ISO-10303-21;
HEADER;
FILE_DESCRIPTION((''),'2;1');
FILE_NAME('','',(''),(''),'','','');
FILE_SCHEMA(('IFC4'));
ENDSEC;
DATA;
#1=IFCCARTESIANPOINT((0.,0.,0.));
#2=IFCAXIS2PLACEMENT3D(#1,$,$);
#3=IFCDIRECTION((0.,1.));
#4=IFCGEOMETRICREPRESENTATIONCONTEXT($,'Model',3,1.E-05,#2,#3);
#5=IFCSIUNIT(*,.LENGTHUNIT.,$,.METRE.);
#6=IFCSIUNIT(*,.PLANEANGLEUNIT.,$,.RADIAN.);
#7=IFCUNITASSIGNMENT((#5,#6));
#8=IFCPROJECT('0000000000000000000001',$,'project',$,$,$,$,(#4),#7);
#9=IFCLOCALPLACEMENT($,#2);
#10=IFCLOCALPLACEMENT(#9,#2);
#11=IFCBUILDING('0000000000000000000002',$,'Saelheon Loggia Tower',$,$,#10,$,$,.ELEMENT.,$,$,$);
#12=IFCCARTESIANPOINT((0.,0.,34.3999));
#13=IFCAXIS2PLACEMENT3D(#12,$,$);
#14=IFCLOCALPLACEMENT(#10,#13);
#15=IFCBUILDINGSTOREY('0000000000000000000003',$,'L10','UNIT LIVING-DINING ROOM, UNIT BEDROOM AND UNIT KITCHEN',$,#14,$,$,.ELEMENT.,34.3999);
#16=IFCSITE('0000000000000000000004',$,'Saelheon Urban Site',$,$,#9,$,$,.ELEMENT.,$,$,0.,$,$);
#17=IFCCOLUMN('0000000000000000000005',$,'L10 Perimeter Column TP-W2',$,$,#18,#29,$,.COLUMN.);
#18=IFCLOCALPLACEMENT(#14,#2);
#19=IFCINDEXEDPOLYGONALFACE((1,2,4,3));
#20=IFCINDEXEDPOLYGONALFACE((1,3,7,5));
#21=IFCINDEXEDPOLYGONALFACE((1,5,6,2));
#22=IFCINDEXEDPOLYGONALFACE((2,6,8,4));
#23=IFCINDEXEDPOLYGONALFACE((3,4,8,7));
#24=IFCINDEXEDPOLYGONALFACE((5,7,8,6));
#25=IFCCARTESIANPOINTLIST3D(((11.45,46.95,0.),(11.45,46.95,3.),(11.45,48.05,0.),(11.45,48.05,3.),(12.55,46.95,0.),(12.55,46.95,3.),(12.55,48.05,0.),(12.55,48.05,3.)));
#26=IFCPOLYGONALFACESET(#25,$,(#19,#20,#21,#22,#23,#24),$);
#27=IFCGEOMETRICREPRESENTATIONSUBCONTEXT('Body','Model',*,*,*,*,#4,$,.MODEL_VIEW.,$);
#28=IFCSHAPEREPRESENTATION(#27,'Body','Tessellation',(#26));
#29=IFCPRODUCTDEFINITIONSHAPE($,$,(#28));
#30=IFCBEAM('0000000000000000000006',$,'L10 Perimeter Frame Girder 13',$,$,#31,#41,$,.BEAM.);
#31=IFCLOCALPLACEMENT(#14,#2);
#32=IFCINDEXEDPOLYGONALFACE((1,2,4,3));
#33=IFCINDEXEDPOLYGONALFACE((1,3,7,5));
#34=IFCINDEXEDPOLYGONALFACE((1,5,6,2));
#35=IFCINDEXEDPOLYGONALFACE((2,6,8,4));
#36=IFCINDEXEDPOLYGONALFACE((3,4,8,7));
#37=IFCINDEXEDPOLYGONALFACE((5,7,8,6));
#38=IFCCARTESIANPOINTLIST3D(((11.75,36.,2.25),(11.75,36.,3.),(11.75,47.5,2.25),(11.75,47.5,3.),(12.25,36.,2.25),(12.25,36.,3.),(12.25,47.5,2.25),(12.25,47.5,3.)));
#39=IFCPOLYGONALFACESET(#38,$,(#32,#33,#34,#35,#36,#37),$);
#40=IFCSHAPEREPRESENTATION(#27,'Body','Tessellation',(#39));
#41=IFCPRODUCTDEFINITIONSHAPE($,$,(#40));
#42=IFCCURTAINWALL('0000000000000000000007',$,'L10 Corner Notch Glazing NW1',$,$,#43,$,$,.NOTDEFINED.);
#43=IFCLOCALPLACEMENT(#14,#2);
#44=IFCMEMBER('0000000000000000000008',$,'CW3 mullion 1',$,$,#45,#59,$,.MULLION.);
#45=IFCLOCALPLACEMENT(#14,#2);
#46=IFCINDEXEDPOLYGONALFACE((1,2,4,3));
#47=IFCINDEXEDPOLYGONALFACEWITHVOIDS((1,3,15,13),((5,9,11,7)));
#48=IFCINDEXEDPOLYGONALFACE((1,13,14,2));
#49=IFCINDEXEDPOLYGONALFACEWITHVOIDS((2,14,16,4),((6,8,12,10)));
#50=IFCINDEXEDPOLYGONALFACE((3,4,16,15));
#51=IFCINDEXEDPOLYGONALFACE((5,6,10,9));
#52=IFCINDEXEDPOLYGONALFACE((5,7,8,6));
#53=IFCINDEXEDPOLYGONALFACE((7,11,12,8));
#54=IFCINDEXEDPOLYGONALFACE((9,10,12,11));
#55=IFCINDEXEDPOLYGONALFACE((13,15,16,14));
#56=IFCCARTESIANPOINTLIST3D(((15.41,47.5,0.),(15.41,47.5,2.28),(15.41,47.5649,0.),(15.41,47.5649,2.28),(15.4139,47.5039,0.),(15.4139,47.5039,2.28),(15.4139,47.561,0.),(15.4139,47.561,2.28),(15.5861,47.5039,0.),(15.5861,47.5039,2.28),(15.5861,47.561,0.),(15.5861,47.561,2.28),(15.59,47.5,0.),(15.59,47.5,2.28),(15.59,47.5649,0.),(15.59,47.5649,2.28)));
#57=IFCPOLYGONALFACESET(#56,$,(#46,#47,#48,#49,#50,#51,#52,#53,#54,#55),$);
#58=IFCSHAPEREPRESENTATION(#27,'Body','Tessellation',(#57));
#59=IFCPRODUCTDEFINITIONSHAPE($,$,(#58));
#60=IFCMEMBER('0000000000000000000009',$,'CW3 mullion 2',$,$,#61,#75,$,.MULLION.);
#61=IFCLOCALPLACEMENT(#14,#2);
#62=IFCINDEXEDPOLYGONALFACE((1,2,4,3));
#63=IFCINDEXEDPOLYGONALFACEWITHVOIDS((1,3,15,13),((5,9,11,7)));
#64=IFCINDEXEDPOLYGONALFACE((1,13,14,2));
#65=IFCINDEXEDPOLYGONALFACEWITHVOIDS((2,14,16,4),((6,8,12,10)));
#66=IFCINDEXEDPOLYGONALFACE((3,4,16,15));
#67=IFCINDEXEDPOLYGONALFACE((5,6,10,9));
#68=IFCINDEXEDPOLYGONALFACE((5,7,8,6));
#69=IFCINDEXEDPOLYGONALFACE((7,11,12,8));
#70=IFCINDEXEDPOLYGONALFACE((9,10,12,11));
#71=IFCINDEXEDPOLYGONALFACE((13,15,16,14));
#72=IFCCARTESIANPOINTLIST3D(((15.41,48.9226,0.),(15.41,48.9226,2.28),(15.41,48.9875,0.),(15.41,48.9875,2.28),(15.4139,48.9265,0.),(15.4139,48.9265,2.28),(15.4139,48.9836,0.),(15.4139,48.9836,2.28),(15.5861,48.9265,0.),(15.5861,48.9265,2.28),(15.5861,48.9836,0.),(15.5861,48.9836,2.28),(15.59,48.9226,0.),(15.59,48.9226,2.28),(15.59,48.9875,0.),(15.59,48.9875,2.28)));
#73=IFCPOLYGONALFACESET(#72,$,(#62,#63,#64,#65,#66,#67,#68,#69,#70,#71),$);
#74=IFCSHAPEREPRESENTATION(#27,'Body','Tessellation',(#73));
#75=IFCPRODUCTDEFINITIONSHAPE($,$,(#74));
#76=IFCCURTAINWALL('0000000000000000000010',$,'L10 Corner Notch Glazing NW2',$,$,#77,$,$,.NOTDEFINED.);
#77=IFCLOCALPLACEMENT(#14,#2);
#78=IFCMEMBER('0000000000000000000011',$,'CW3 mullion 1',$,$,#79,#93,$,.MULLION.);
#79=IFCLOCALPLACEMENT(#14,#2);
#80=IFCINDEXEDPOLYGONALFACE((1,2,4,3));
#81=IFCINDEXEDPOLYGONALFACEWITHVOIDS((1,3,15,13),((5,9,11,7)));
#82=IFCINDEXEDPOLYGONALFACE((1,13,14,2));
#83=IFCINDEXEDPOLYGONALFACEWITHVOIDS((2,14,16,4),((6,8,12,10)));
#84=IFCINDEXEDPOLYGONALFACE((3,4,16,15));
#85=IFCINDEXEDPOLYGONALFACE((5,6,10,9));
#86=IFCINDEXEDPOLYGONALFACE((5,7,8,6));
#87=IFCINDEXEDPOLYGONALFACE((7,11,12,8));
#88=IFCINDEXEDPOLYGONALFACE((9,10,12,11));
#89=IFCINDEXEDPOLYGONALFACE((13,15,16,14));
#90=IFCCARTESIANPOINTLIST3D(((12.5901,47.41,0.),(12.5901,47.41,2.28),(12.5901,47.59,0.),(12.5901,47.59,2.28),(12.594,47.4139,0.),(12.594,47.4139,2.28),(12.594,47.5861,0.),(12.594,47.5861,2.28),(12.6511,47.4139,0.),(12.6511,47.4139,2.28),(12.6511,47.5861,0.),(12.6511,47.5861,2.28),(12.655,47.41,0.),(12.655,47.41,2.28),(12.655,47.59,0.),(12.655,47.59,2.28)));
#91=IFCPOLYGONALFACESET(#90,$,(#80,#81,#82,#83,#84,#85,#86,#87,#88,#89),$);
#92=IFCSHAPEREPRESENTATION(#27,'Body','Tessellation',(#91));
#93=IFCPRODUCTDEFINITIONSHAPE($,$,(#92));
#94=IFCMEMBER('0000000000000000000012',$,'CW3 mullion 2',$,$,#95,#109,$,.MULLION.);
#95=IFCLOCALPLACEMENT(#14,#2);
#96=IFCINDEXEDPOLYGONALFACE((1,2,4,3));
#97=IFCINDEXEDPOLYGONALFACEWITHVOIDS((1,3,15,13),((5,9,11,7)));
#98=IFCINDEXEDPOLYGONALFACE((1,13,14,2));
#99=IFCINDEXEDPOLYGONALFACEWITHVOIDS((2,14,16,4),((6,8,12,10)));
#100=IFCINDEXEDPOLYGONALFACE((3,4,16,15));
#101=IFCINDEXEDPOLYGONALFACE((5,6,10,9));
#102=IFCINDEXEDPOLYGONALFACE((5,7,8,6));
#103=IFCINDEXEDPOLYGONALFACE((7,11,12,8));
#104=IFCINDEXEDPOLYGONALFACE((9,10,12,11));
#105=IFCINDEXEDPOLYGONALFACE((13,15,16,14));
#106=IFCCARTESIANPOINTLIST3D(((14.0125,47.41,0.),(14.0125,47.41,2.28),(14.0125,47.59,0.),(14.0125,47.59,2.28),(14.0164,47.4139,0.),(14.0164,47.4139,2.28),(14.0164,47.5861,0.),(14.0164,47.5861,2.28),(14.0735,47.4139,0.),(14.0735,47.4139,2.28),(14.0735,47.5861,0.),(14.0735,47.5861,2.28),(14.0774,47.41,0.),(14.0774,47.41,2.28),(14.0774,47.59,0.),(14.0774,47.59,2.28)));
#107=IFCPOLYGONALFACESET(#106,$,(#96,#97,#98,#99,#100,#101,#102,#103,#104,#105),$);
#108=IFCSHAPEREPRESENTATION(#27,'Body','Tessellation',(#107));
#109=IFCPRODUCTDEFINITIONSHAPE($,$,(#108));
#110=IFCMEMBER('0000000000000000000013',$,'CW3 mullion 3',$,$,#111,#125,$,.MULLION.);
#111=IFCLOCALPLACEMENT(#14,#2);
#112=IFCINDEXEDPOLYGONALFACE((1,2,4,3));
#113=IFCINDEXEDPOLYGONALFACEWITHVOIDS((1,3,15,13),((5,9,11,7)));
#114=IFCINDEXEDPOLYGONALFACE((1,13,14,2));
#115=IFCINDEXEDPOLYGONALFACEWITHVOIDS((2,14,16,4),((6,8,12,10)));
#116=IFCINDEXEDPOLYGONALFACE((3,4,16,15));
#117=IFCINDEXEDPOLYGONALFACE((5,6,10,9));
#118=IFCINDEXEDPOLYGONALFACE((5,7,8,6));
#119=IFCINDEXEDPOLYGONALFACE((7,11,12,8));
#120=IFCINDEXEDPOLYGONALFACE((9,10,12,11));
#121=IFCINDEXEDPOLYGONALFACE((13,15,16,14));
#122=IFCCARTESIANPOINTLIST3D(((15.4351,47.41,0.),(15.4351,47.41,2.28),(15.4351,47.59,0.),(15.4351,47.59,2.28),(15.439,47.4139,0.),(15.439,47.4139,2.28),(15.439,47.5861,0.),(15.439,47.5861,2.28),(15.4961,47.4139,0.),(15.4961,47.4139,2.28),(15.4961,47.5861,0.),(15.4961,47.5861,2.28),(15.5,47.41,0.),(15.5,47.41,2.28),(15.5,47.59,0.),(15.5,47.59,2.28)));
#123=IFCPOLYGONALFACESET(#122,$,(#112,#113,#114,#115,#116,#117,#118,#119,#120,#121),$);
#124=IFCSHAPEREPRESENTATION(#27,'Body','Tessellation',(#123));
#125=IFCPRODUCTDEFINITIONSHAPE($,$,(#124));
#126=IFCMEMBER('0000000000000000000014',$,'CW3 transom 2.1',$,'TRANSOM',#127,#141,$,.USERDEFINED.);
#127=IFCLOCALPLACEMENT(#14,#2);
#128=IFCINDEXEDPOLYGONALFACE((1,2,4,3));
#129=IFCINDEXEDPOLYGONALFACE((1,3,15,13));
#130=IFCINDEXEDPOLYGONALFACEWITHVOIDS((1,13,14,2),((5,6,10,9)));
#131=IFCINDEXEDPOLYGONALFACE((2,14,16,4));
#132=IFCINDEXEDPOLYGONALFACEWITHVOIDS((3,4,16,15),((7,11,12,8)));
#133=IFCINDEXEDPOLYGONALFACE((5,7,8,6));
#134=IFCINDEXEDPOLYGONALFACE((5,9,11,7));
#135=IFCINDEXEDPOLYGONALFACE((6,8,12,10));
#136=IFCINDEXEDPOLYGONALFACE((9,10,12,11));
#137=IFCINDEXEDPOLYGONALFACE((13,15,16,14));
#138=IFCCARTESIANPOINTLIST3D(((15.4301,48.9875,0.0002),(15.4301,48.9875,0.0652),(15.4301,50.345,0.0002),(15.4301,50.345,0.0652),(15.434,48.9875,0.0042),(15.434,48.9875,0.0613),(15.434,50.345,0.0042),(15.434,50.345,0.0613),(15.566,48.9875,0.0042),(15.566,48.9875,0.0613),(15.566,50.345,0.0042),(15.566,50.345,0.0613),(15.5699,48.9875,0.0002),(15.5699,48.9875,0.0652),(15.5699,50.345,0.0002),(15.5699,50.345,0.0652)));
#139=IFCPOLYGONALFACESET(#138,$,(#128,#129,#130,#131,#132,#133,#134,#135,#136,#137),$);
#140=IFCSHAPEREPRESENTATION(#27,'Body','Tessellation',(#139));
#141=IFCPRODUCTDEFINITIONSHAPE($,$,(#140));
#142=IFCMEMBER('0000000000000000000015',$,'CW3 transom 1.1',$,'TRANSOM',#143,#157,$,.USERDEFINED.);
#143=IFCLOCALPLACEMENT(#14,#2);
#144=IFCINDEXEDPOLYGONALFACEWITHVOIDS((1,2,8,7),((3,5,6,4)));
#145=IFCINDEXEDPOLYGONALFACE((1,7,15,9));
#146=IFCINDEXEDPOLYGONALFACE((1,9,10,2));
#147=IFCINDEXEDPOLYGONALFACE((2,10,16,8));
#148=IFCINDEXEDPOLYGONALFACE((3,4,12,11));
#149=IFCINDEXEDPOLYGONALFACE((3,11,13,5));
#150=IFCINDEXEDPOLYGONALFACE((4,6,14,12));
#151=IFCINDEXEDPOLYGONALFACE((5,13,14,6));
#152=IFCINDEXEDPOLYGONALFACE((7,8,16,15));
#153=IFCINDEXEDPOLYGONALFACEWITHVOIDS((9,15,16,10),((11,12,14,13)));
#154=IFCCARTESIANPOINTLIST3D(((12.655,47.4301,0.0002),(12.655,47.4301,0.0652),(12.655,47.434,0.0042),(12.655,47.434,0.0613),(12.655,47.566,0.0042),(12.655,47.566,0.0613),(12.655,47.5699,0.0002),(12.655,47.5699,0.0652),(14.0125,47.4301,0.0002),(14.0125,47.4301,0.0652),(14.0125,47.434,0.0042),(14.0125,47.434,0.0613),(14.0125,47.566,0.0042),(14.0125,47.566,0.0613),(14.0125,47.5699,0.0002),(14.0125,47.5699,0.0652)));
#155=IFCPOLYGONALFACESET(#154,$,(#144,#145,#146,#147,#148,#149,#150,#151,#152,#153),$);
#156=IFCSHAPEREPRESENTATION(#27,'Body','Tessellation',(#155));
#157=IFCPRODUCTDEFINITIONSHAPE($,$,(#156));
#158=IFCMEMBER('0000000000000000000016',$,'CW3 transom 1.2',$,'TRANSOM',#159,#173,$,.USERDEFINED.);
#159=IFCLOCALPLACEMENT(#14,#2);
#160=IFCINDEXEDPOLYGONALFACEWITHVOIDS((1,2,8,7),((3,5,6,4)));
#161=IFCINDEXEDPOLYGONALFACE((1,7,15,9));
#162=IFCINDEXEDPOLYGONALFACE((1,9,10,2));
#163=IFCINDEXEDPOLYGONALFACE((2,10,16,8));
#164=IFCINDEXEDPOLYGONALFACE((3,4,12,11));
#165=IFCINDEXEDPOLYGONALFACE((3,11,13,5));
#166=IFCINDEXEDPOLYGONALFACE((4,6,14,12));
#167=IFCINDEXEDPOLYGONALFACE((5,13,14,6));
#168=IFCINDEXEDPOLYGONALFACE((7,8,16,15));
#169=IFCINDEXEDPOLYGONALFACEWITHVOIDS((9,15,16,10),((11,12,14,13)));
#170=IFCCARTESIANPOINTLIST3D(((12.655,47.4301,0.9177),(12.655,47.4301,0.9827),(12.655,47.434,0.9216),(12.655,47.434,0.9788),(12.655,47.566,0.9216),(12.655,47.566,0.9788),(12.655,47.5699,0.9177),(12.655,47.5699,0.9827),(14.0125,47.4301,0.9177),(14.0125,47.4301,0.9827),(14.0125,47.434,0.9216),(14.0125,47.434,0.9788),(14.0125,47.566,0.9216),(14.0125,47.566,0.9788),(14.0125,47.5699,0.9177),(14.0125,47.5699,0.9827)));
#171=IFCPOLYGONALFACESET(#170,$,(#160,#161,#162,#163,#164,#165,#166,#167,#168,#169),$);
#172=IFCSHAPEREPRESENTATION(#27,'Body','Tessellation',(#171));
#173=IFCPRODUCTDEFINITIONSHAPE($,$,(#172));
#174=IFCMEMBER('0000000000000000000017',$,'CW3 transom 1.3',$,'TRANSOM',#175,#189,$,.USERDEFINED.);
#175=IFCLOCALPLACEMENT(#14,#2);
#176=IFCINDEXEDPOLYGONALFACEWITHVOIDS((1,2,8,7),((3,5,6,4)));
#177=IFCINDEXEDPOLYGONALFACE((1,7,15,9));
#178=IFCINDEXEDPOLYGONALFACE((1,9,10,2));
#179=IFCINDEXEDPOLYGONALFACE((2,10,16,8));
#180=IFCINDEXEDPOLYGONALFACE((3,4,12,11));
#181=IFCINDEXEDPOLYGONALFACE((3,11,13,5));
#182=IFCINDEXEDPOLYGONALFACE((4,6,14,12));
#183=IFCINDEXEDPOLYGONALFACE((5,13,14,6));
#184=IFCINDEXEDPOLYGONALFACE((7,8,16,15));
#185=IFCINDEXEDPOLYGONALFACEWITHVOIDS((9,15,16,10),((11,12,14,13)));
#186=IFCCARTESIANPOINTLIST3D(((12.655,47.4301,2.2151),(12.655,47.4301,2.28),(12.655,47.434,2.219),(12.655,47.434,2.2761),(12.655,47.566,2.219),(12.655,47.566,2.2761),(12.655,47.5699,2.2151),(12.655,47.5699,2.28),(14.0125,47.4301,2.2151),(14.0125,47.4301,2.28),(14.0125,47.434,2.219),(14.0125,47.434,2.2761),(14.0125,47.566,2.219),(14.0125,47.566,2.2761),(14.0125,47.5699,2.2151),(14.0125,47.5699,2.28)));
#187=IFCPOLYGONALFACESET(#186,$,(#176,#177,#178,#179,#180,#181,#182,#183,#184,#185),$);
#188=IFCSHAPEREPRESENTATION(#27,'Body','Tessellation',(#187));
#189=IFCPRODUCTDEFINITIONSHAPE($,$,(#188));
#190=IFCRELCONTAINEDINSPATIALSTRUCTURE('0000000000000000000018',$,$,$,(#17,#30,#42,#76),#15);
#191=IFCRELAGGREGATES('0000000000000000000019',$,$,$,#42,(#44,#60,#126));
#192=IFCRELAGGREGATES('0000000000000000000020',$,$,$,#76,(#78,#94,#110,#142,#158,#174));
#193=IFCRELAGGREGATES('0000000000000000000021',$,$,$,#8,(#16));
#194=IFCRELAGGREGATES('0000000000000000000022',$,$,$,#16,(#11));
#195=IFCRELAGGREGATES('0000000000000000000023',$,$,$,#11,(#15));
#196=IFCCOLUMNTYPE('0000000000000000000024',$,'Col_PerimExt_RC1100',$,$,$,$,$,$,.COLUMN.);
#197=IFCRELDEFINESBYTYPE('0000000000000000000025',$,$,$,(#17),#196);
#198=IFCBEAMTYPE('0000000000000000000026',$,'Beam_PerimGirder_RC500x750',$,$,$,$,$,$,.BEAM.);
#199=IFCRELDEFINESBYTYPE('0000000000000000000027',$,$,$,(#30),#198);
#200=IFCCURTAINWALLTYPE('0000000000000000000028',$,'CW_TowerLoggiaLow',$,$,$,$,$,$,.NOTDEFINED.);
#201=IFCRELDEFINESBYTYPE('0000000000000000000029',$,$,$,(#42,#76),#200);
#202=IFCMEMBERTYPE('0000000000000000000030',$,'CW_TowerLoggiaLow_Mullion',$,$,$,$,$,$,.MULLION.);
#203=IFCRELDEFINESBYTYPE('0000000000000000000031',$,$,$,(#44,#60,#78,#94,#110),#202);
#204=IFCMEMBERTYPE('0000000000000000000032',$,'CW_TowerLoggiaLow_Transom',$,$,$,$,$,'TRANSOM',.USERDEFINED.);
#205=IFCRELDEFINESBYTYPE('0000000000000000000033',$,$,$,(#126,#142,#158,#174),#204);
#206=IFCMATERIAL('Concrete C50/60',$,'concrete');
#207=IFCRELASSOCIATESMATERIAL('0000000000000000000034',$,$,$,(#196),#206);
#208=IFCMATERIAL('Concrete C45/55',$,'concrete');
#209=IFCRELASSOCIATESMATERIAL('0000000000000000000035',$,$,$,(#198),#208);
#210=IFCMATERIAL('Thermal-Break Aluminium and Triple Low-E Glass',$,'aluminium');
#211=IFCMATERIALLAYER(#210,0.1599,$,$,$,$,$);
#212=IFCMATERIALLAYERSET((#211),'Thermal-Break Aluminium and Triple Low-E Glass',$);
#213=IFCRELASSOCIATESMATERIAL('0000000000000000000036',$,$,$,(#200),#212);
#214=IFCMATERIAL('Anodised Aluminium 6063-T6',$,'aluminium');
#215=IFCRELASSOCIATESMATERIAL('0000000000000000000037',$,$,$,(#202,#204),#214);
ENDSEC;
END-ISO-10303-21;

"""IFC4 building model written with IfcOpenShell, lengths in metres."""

from ifc_helpers import new_model, si_unit, direction, frame, origin, origin_2d, place, context, subcontext, project, spatial, rectangle, hollow_rectangle, extrude, source, transform, mapped, material, layer, layer_set, material_profile, profile_set, type_object, element, aggregate, save


model = new_model("IFC4")

# Units and contexts
model_context = context("Model", 3, precision=1e-05, world=origin(), true_north=direction((0.0, 1.0)))
body_context = subcontext(model_context, "Body", "Model", "MODEL_VIEW")
ifc_project = project(units=[si_unit("LENGTHUNIT", "METRE"), si_unit("PLANEANGLEUNIT", "RADIAN")], contexts=[model_context])

# Site, building, storey
site_placement = place(None, origin())
site = spatial("IfcSite", under=ifc_project, at=site_placement, Name="Saelheon Urban Site", CompositionType="ELEMENT", RefElevation=0.0)
building_placement = place(site_placement, origin())
building = spatial("IfcBuilding", under=site, at=building_placement, Name="Saelheon Loggia Tower", CompositionType="ELEMENT")
storey_placement = place(building_placement, frame((0.0, 0.0, 34.3999)))
storey = spatial("IfcBuildingStorey", under=building, at=storey_placement, Name="L10", Description="UNIT LIVING-DINING ROOM, UNIT BEDROOM AND UNIT KITCHEN", CompositionType="ELEMENT", Elevation=34.3999)

# Column
ifc_material_1 = material(Name="Concrete C50/60", Category="concrete")
ifc_material_profile_1 = material_profile(ifc_material_1, rectangle(XDim=1.1001, YDim=1.1001, at=origin_2d()), Name="RC-1100x1100")
ifc_profile_set_1 = profile_set([ifc_material_profile_1], Name="Concrete C50/60")
column_type = type_object("IfcColumnType", Name="Col_PerimExt_RC1100", PredefinedType="COLUMN", material=ifc_profile_set_1)
shared_shape_1 = source(origin(), body_context, "Body", "SweptSolid", [
    extrude(rectangle(XDim=1.1001, YDim=1.1001, at=origin_2d()), origin(), (0.0, 0.0, 1.0), 3.0),
])
column_placement = place(storey_placement, frame((12.0, 47.5, 0.0), z_axis=(0.0, 0.0, 1.0), x_axis=(1.0, 0.0, 0.0)))
element("IfcColumn", 1, at=column_placement, inside=storey, type_object=column_type, Name="L10 Perimeter Column TP-W2", PredefinedType="COLUMN", context=body_context, shape_type="MappedRepresentation", body=[
    mapped(shared_shape_1, transform((0.0, 0.0, 0.0), scale=1.0)),
])

# Beam
ifc_material_2 = material(Name="Concrete C45/55", Category="concrete")
ifc_material_profile_2 = material_profile(ifc_material_2, rectangle(XDim=0.5, YDim=0.75, at=origin_2d()), Name="RC-500x750")
ifc_profile_set_2 = profile_set([ifc_material_profile_2], Name="Concrete C45/55")
beam_type = type_object("IfcBeamType", Name="Beam_PerimGirder_RC500x750", PredefinedType="BEAM", material=ifc_profile_set_2)
shared_shape_2 = source(origin(), body_context, "Body", "SweptSolid", [
    extrude(rectangle(XDim=0.5, YDim=0.75, at=origin_2d()), origin(), (0.0, 0.0, 1.0), 11.5),
])
beam_placement = place(storey_placement, frame((12.0, 47.5, 2.625), z_axis=(0.0, -1.0, 0.0), x_axis=(1.0, 0.0, 0.0)))
element("IfcBeam", 2, at=beam_placement, inside=storey, type_object=beam_type, Name="L10 Perimeter Frame Girder 13", PredefinedType="BEAM", context=body_context, shape_type="MappedRepresentation", body=[
    mapped(shared_shape_2, transform((0.0, 0.0, 0.0), scale=1.0)),
])

# Curtain walls, members
ifc_material_3 = material(Name="Thermal-Break Aluminium and Triple Low-E Glass", Category="aluminium")
ifc_layer_1 = layer(ifc_material_3, 0.1599)
ifc_layer_set_1 = layer_set([ifc_layer_1], Name="Thermal-Break Aluminium and Triple Low-E Glass")
curtain_wall_type = type_object("IfcCurtainWallType", Name="CW_TowerLoggiaLow", PredefinedType="NOTDEFINED", material=ifc_layer_set_1)
curtain_wall_1_placement = place(storey_placement, origin())
curtain_wall_1 = element("IfcCurtainWall", 3, at=curtain_wall_1_placement, inside=storey, type_object=curtain_wall_type, Name="L10 Corner Notch Glazing NW1", PredefinedType="NOTDEFINED")
ifc_material_4 = material(Name="Anodised Aluminium 6063-T6", Category="aluminium")
ifc_material_profile_3 = material_profile(ifc_material_4, hollow_rectangle(XDim=0.0649, YDim=0.1799, WallThickness=0.0039, at=origin_2d()), Name="RHS-180x65x4")
ifc_profile_set_3 = profile_set([ifc_material_profile_3], Name="Anodised Aluminium 6063-T6")
member_type_1 = type_object("IfcMemberType", Name="CW_TowerLoggiaLow_Mullion", PredefinedType="MULLION", material=ifc_profile_set_3)
shared_shape_3 = source(origin(), body_context, "Body", "SweptSolid", [
    extrude(hollow_rectangle(XDim=0.0649, YDim=0.1799, WallThickness=0.0039, at=origin_2d()), origin(), (0.0, 0.0, 1.0), 2.28),
])
member_1_placement = place(storey_placement, frame((15.5, 47.5325, 0.0), z_axis=(0.0, 0.0, 1.0), x_axis=(0.0, 1.0, 0.0)))
member_1 = element("IfcMember", 4, at=member_1_placement, type_object=member_type_1, Name="CW3 mullion 1", PredefinedType="MULLION", context=body_context, shape_type="MappedRepresentation", body=[
    mapped(shared_shape_3, transform((0.0, 0.0, 0.0), scale=1.0)),
])
member_2_placement = place(storey_placement, frame((15.5, 48.9551, 0.0), z_axis=(0.0, 0.0, 1.0), x_axis=(0.0, 1.0, 0.0)))
member_2 = element("IfcMember", 5, at=member_2_placement, type_object=member_type_1, Name="CW3 mullion 2", PredefinedType="MULLION", context=body_context, shape_type="MappedRepresentation", body=[
    mapped(shared_shape_3, transform((0.0, 0.0, 0.0), scale=1.0)),
])
curtain_wall_2_placement = place(storey_placement, origin())
curtain_wall_2 = element("IfcCurtainWall", 6, at=curtain_wall_2_placement, inside=storey, type_object=curtain_wall_type, Name="L10 Corner Notch Glazing NW2", PredefinedType="NOTDEFINED")
member_3_placement = place(storey_placement, frame((12.6226, 47.5, 0.0), z_axis=(0.0, 0.0, 1.0), x_axis=(1.0, 0.0, 0.0)))
member_3 = element("IfcMember", 7, at=member_3_placement, type_object=member_type_1, Name="CW3 mullion 1", PredefinedType="MULLION", context=body_context, shape_type="MappedRepresentation", body=[
    mapped(shared_shape_3, transform((0.0, 0.0, 0.0), scale=1.0)),
])
member_4_placement = place(storey_placement, frame((14.0449, 47.5, 0.0), z_axis=(0.0, 0.0, 1.0), x_axis=(1.0, 0.0, 0.0)))
member_4 = element("IfcMember", 8, at=member_4_placement, type_object=member_type_1, Name="CW3 mullion 2", PredefinedType="MULLION", context=body_context, shape_type="MappedRepresentation", body=[
    mapped(shared_shape_3, transform((0.0, 0.0, 0.0), scale=1.0)),
])
member_5_placement = place(storey_placement, frame((15.4675, 47.5, 0.0), z_axis=(0.0, 0.0, 1.0), x_axis=(1.0, 0.0, 0.0)))
member_5 = element("IfcMember", 9, at=member_5_placement, type_object=member_type_1, Name="CW3 mullion 3", PredefinedType="MULLION", context=body_context, shape_type="MappedRepresentation", body=[
    mapped(shared_shape_3, transform((0.0, 0.0, 0.0), scale=1.0)),
])

# Members
ifc_material_profile_4 = material_profile(ifc_material_4, hollow_rectangle(XDim=0.0649, YDim=0.1399, WallThickness=0.0039, at=origin_2d()), Name="RHS-140x65x4")
ifc_profile_set_4 = profile_set([ifc_material_profile_4], Name="Anodised Aluminium 6063-T6")
member_type_2 = type_object("IfcMemberType", Name="CW_TowerLoggiaLow_Transom", ElementType="TRANSOM", PredefinedType="USERDEFINED", material=ifc_profile_set_4)
shared_shape_4 = source(origin(), body_context, "Body", "SweptSolid", [
    extrude(hollow_rectangle(XDim=0.0649, YDim=0.1399, WallThickness=0.0039, at=origin_2d()), origin(), (0.0, 0.0, 1.0), 1.3574),
])
member_6_placement = place(storey_placement, frame((15.5, 48.9875, 0.0327), z_axis=(0.0, 1.0, 0.0), x_axis=(0.0, 0.0, 1.0)))
member_6 = element("IfcMember", 10, at=member_6_placement, type_object=member_type_2, Name="CW3 transom 2.1", ObjectType="TRANSOM", PredefinedType="USERDEFINED", context=body_context, shape_type="MappedRepresentation", body=[
    mapped(shared_shape_4, transform((0.0, 0.0, 0.0), scale=1.0)),
])
member_7_placement = place(storey_placement, frame((12.655, 47.5, 0.0327), z_axis=(1.0, 0.0, 0.0), x_axis=(0.0, 0.0, 1.0)))
member_7 = element("IfcMember", 11, at=member_7_placement, type_object=member_type_2, Name="CW3 transom 1.1", ObjectType="TRANSOM", PredefinedType="USERDEFINED", context=body_context, shape_type="MappedRepresentation", body=[
    mapped(shared_shape_4, transform((0.0, 0.0, 0.0), scale=1.0)),
])
member_8_placement = place(storey_placement, frame((12.655, 47.5, 0.9502), z_axis=(1.0, 0.0, 0.0), x_axis=(0.0, 0.0, 1.0)))
member_8 = element("IfcMember", 12, at=member_8_placement, type_object=member_type_2, Name="CW3 transom 1.2", ObjectType="TRANSOM", PredefinedType="USERDEFINED", context=body_context, shape_type="MappedRepresentation", body=[
    mapped(shared_shape_4, transform((0.0, 0.0, 0.0), scale=1.0)),
])
member_9_placement = place(storey_placement, frame((12.655, 47.5, 2.2476), z_axis=(1.0, 0.0, 0.0), x_axis=(0.0, 0.0, 1.0)))
member_9 = element("IfcMember", 13, at=member_9_placement, type_object=member_type_2, Name="CW3 transom 1.3", ObjectType="TRANSOM", PredefinedType="USERDEFINED", context=body_context, shape_type="MappedRepresentation", body=[
    mapped(shared_shape_4, transform((0.0, 0.0, 0.0), scale=1.0)),
])

aggregate(curtain_wall_1, [member_1, member_2, member_6])
aggregate(curtain_wall_2, [member_3, member_4, member_5, member_7, member_8, member_9])

save(model, "model.ifc")
